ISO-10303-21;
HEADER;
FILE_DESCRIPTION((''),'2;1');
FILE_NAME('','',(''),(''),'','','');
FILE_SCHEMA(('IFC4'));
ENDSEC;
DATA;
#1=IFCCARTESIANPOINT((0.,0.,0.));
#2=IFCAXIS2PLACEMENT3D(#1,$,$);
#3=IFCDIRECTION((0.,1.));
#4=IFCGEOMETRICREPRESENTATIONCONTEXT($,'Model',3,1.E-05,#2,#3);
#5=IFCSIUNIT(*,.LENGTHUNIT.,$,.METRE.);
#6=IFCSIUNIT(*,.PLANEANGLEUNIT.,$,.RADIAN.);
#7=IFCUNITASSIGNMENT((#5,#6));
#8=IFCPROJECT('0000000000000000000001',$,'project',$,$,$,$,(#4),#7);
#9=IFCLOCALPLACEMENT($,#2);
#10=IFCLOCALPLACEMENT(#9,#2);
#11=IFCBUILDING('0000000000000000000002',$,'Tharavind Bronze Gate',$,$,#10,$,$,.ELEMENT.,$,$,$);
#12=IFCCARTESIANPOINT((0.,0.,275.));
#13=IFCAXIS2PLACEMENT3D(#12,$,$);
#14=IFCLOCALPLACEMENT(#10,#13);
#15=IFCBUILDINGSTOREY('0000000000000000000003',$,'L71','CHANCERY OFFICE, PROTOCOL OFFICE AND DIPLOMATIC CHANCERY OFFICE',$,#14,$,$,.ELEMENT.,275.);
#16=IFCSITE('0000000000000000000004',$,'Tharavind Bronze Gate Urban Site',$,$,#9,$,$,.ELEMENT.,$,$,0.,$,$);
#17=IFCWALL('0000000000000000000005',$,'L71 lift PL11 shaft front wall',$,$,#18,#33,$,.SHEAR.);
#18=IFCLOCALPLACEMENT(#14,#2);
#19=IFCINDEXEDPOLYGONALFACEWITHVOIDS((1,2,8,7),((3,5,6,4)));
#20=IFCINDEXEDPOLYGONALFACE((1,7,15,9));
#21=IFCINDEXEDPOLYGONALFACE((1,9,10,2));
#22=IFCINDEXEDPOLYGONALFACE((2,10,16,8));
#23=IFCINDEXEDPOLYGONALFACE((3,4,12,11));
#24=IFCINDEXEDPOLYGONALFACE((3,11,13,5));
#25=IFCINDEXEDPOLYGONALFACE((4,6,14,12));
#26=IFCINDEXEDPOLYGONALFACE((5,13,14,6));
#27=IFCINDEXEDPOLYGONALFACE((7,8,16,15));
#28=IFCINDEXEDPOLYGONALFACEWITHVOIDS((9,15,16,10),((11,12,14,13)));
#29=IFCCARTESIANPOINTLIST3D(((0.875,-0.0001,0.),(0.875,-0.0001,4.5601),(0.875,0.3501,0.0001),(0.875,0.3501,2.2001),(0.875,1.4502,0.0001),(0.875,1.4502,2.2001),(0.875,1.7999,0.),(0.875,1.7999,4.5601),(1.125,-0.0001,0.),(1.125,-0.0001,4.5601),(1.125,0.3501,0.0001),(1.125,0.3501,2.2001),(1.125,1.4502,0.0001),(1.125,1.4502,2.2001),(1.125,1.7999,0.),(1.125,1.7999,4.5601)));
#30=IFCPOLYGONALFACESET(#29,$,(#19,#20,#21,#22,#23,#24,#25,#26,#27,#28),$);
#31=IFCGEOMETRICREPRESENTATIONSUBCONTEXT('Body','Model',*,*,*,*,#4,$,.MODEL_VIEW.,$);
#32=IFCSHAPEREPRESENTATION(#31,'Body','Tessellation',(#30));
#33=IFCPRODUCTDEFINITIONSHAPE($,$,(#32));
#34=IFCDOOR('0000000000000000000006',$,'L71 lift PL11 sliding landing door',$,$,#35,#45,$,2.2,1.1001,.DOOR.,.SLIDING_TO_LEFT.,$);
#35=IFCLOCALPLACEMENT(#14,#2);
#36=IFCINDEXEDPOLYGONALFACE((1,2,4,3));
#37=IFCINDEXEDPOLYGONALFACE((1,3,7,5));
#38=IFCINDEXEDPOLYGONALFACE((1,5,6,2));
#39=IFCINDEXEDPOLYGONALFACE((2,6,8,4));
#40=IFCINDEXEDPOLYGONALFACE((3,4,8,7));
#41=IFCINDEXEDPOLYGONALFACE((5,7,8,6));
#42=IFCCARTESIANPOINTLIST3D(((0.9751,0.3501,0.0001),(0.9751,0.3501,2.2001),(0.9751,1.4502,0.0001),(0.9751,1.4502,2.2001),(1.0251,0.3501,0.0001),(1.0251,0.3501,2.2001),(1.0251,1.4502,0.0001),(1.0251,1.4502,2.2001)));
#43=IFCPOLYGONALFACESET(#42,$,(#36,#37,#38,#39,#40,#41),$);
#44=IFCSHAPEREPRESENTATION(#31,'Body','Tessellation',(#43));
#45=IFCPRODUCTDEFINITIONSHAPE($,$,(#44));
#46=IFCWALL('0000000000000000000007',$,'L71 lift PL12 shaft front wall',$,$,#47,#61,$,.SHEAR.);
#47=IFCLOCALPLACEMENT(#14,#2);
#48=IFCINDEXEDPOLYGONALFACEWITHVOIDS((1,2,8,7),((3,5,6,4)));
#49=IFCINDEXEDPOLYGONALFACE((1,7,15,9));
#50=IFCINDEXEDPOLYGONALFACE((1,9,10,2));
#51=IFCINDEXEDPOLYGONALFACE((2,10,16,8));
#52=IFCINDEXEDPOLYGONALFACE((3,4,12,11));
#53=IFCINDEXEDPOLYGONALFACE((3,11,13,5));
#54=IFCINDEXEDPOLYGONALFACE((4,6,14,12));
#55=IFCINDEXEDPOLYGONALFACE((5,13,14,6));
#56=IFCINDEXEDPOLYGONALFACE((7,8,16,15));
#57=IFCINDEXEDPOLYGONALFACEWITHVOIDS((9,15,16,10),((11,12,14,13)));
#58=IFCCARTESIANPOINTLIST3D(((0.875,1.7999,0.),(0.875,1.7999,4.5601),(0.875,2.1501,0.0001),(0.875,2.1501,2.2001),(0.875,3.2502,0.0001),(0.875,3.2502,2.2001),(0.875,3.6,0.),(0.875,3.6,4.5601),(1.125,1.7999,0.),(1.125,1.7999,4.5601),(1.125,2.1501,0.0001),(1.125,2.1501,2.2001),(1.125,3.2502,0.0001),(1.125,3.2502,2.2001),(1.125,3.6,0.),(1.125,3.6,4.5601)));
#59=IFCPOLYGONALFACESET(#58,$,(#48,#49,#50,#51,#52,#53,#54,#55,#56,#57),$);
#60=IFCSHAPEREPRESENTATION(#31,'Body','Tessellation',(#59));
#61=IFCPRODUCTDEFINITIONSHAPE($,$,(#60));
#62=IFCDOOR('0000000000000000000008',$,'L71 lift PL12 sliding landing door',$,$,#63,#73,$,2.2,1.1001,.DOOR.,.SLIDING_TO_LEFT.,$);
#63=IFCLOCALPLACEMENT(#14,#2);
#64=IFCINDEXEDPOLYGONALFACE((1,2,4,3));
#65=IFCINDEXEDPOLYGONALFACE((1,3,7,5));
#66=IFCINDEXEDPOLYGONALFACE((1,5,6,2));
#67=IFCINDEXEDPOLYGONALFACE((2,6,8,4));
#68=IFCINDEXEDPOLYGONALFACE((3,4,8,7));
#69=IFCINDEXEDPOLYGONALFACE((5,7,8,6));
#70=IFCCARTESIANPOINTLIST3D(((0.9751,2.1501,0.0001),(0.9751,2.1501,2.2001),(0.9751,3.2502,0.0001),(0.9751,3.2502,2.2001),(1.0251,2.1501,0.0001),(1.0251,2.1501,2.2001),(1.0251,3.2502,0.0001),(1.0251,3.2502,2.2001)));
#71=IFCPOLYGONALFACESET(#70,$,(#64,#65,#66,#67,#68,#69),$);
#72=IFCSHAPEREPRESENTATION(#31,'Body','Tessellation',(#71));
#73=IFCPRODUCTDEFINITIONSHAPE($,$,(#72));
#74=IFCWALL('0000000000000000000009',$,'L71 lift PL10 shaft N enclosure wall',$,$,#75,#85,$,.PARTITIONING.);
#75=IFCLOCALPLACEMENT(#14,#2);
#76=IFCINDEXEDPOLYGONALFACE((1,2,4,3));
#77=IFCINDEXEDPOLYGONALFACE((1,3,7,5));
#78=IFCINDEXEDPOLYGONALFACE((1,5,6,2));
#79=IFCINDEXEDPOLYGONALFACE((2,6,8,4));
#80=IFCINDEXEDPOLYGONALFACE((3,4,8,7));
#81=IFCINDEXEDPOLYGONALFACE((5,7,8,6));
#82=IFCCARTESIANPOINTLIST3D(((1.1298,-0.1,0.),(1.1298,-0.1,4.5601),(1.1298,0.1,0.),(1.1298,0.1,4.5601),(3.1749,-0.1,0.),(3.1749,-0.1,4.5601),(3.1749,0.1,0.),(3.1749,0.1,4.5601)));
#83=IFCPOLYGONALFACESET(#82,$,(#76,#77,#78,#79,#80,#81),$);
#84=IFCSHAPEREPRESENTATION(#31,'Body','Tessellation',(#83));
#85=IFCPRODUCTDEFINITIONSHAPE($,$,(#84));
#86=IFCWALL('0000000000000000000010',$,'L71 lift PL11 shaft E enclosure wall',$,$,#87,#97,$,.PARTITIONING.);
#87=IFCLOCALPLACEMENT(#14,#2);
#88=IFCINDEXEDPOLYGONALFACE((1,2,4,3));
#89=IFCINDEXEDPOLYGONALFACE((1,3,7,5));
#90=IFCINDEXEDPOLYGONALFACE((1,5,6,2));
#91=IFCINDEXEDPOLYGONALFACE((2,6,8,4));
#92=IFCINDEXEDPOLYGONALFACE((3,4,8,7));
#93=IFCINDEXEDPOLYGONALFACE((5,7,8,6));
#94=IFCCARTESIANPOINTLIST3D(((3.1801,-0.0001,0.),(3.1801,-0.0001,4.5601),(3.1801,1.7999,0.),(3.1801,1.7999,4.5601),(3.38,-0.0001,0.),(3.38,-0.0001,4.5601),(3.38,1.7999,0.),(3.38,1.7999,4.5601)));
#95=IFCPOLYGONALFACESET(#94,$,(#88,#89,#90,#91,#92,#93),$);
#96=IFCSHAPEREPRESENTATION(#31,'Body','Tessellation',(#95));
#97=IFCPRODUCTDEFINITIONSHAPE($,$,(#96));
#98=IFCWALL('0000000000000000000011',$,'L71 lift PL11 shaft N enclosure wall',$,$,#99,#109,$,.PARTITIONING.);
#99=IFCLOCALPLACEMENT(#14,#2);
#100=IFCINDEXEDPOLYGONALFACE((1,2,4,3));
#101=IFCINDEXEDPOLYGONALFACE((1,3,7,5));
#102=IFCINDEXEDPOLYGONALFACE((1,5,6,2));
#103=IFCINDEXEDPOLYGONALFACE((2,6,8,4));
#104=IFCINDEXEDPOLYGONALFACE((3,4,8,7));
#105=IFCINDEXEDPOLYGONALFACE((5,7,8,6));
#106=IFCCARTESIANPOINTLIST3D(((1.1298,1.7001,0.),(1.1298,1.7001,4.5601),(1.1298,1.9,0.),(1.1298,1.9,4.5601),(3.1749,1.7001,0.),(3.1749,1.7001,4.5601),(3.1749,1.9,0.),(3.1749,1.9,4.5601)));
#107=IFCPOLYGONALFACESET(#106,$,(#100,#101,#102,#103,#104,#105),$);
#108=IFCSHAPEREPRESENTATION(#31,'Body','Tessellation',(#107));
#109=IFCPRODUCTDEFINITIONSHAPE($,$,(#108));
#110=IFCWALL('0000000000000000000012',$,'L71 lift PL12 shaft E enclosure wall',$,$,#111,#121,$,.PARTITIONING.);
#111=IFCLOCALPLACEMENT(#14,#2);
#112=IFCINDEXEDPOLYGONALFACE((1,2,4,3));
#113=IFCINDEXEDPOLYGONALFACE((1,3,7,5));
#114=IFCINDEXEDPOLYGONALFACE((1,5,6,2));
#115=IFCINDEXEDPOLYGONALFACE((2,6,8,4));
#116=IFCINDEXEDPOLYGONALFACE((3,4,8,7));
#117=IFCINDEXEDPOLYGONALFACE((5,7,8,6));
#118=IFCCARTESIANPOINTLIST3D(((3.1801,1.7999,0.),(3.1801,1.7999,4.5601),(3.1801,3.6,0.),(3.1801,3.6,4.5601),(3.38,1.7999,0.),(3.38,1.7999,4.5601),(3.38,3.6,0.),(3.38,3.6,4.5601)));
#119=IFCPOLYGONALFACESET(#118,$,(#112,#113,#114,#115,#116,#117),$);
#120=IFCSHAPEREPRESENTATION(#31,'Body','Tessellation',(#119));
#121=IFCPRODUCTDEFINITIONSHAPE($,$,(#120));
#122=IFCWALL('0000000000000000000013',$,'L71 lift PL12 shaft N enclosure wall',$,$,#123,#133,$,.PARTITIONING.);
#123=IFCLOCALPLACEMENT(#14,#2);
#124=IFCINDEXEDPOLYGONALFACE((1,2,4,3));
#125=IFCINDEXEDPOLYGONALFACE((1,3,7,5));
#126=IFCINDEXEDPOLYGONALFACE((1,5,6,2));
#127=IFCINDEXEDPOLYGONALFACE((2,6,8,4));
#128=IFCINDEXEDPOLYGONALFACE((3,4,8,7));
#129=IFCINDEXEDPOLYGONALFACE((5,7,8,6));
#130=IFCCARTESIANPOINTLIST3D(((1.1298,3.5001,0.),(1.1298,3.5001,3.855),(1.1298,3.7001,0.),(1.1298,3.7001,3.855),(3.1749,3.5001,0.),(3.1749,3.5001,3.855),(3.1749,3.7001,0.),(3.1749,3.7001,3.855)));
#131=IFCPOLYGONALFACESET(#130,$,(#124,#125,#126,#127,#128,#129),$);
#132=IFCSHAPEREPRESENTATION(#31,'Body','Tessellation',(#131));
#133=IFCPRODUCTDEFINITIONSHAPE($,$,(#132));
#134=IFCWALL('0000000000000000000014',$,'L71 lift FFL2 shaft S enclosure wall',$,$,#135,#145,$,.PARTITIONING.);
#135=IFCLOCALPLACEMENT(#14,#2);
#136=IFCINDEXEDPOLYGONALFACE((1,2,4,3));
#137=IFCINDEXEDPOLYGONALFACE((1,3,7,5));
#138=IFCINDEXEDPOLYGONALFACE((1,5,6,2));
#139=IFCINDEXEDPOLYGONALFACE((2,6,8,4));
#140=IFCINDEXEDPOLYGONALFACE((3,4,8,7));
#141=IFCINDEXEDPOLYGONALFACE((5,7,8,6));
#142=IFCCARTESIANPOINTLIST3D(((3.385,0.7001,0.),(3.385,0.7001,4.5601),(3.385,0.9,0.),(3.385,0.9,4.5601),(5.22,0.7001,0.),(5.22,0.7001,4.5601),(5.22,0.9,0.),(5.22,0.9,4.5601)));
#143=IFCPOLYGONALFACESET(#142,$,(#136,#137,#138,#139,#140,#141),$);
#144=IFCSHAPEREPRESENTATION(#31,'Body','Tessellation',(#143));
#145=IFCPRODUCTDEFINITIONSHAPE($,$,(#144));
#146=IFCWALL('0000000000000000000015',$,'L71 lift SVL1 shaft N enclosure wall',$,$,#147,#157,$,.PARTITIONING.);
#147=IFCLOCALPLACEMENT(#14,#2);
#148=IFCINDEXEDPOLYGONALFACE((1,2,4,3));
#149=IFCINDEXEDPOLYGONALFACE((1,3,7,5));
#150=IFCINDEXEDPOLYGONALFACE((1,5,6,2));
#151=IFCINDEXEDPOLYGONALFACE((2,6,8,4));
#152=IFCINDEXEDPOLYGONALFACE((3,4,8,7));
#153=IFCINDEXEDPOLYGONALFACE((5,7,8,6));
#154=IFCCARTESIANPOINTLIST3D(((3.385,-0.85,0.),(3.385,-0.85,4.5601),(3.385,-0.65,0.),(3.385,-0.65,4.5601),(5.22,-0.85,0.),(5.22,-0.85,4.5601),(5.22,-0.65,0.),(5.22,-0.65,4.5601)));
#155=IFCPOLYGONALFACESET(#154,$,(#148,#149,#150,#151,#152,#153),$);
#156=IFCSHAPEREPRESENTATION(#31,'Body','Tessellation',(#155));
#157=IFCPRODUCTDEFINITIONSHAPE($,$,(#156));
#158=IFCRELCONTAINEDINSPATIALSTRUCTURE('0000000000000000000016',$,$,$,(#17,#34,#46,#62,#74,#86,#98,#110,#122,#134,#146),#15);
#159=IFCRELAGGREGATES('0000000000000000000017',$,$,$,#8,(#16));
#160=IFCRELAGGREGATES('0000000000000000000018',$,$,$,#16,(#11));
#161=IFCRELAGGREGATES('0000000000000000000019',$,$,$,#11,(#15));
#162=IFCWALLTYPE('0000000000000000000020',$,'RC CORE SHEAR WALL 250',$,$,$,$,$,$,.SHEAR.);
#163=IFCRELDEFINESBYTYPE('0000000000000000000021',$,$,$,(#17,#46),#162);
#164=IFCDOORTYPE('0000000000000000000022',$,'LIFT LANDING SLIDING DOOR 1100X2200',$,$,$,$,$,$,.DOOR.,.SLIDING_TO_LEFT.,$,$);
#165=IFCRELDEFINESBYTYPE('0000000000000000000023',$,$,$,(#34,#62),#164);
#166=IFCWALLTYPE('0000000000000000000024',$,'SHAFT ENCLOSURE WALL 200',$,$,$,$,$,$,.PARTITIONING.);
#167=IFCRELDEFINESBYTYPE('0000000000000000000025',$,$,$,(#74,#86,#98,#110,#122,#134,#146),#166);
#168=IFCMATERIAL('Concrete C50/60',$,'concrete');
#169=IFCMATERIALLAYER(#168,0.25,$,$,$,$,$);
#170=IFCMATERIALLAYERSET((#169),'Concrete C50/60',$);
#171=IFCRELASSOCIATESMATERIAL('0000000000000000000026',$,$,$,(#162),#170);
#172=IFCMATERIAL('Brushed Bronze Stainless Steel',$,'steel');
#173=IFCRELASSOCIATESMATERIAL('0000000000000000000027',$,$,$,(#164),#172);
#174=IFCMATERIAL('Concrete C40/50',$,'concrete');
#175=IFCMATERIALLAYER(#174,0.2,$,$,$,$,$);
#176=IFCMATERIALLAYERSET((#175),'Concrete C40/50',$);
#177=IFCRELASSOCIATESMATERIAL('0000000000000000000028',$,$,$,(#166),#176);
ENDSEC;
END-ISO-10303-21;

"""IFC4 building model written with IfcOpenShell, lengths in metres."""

from ifc_helpers import new_model, si_unit, direction, frame, frame_2d, origin, place, context, subcontext, project, spatial, rectangle, extrude, material, layer, layer_set, type_object, element, fill, save


model = new_model("IFC4")

# Units and contexts
model_context = context("Model", 3, precision=1e-05, world=origin(), true_north=direction((0.0, 1.0)))
body_context = subcontext(model_context, "Body", "Model", "MODEL_VIEW")
ifc_project = project(units=[si_unit("LENGTHUNIT", "METRE"), si_unit("PLANEANGLEUNIT", "RADIAN")], contexts=[model_context])

# Site, building, storey
site_placement = place(None, origin())
site = spatial("IfcSite", under=ifc_project, at=site_placement, Name="Tharavind Bronze Gate Urban Site", CompositionType="ELEMENT", RefElevation=0.0)
building_placement = place(site_placement, origin())
building = spatial("IfcBuilding", under=site, at=building_placement, Name="Tharavind Bronze Gate", CompositionType="ELEMENT")
storey_placement = place(building_placement, frame((0.0, 0.0, 275.0)))
storey = spatial("IfcBuildingStorey", under=building, at=storey_placement, Name="L71", Description="CHANCERY OFFICE, PROTOCOL OFFICE AND DIPLOMATIC CHANCERY OFFICE", CompositionType="ELEMENT", Elevation=275.0)

# Walls, openings, doors
ifc_material_1 = material(Name="Concrete C50/60", Category="concrete")
ifc_layer_1 = layer(ifc_material_1, 0.25)
ifc_layer_set_1 = layer_set([ifc_layer_1], Name="Concrete C50/60")
wall_type_1 = type_object("IfcWallType", Name="RC CORE SHEAR WALL 250", PredefinedType="SHEAR", material=ifc_layer_set_1)
wall_1_placement = place(storey_placement, frame((1.0, 0.0, 0.0), z_axis=(0.0, 0.0, 1.0), x_axis=(0.0, 1.0, 0.0)))
wall_1 = element("IfcWall", 1, at=wall_1_placement, inside=storey, type_object=wall_type_1, Name="L71 lift PL11 shaft front wall", PredefinedType="SHEAR", context=body_context, shape_type="SweptSolid", body=[
    extrude(rectangle(XDim=1.8, YDim=0.25, at=frame_2d((0.8999, 0.0))), origin(), (0.0, 0.0, 1.0), 4.5601),
])
opening_1_placement = place(wall_1_placement, frame((0.3501, 0.0, 0.0)))
opening_1 = element("IfcOpeningElement", 2, at=opening_1_placement, cuts=wall_1, PredefinedType="OPENING", context=body_context, shape_type="SweptSolid", body=[
    extrude(rectangle(XDim=1.1001, YDim=2.2, at=frame_2d((0.55, 1.1001))), frame((0.0, 0.135, 0.0), z_axis=(0.0, -1.0, 0.0), x_axis=(1.0, 0.0, 0.0)), (0.0, 0.0, 1.0), 0.27),
])
ifc_material_2 = material(Name="Brushed Bronze Stainless Steel", Category="steel")
door_type = type_object("IfcDoorType", Name="LIFT LANDING SLIDING DOOR 1100X2200", OperationType="SLIDING_TO_LEFT", PredefinedType="DOOR", material=ifc_material_2)
door_1_placement = place(opening_1_placement, origin())
door_1 = element("IfcDoor", 3, at=door_1_placement, inside=storey, type_object=door_type, Name="L71 lift PL11 sliding landing door", OperationType="SLIDING_TO_LEFT", OverallHeight=2.2, OverallWidth=1.1001, PredefinedType="DOOR", context=body_context, shape_type="SweptSolid", body=[
    extrude(rectangle(XDim=1.1001, YDim=2.2, at=frame_2d((0.55, 1.1001))), frame((0.0, 0.0249, 0.0), z_axis=(0.0, -1.0, 0.0), x_axis=(1.0, 0.0, 0.0)), (0.0, 0.0, 1.0), 0.05),
])
fill(opening_1, door_1)
wall_2_placement = place(storey_placement, frame((1.0, 1.8, 0.0), z_axis=(0.0, 0.0, 1.0), x_axis=(0.0, 1.0, 0.0)))
wall_2 = element("IfcWall", 4, at=wall_2_placement, inside=storey, type_object=wall_type_1, Name="L71 lift PL12 shaft front wall", PredefinedType="SHEAR", context=body_context, shape_type="SweptSolid", body=[
    extrude(rectangle(XDim=1.8, YDim=0.25, at=frame_2d((0.8999, 0.0))), origin(), (0.0, 0.0, 1.0), 4.5601),
])
opening_2_placement = place(wall_2_placement, frame((0.3501, 0.0, 0.0)))
opening_2 = element("IfcOpeningElement", 5, at=opening_2_placement, cuts=wall_2, PredefinedType="OPENING", context=body_context, shape_type="SweptSolid", body=[
    extrude(rectangle(XDim=1.1001, YDim=2.2, at=frame_2d((0.55, 1.1001))), frame((0.0, 0.135, 0.0), z_axis=(0.0, -1.0, 0.0), x_axis=(1.0, 0.0, 0.0)), (0.0, 0.0, 1.0), 0.27),
])
door_2_placement = place(opening_2_placement, origin())
door_2 = element("IfcDoor", 6, at=door_2_placement, inside=storey, type_object=door_type, Name="L71 lift PL12 sliding landing door", OperationType="SLIDING_TO_LEFT", OverallHeight=2.2, OverallWidth=1.1001, PredefinedType="DOOR", context=body_context, shape_type="SweptSolid", body=[
    extrude(rectangle(XDim=1.1001, YDim=2.2, at=frame_2d((0.55, 1.1001))), frame((0.0, 0.0249, 0.0), z_axis=(0.0, -1.0, 0.0), x_axis=(1.0, 0.0, 0.0)), (0.0, 0.0, 1.0), 0.05),
])
fill(opening_2, door_2)

# Walls
ifc_material_3 = material(Name="Concrete C40/50", Category="concrete")
ifc_layer_2 = layer(ifc_material_3, 0.2)
ifc_layer_set_2 = layer_set([ifc_layer_2], Name="Concrete C40/50")
wall_type_2 = type_object("IfcWallType", Name="SHAFT ENCLOSURE WALL 200", PredefinedType="PARTITIONING", material=ifc_layer_set_2)
wall_3_placement = place(storey_placement, frame((1.1299, 0.0, 0.0), z_axis=(0.0, 0.0, 1.0), x_axis=(1.0, 0.0, 0.0)))
element("IfcWall", 7, at=wall_3_placement, inside=storey, type_object=wall_type_2, Name="L71 lift PL10 shaft N enclosure wall", PredefinedType="PARTITIONING", context=body_context, shape_type="SweptSolid", body=[
    extrude(rectangle(XDim=2.0452, YDim=0.2, at=frame_2d((1.0225, 0.0))), origin(), (0.0, 0.0, 1.0), 4.5601),
])
wall_4_placement = place(storey_placement, frame((3.28, 0.0, 0.0), z_axis=(0.0, 0.0, 1.0), x_axis=(0.0, 1.0, 0.0)))
element("IfcWall", 8, at=wall_4_placement, inside=storey, type_object=wall_type_2, Name="L71 lift PL11 shaft E enclosure wall", PredefinedType="PARTITIONING", context=body_context, shape_type="SweptSolid", body=[
    extrude(rectangle(XDim=1.8, YDim=0.2, at=frame_2d((0.8999, 0.0))), origin(), (0.0, 0.0, 1.0), 4.5601),
])
wall_5_placement = place(storey_placement, frame((1.1299, 1.8, 0.0), z_axis=(0.0, 0.0, 1.0), x_axis=(1.0, 0.0, 0.0)))
element("IfcWall", 9, at=wall_5_placement, inside=storey, type_object=wall_type_2, Name="L71 lift PL11 shaft N enclosure wall", PredefinedType="PARTITIONING", context=body_context, shape_type="SweptSolid", body=[
    extrude(rectangle(XDim=2.0452, YDim=0.2, at=frame_2d((1.0225, 0.0))), origin(), (0.0, 0.0, 1.0), 4.5601),
])
wall_6_placement = place(storey_placement, frame((3.28, 1.8, 0.0), z_axis=(0.0, 0.0, 1.0), x_axis=(0.0, 1.0, 0.0)))
element("IfcWall", 10, at=wall_6_placement, inside=storey, type_object=wall_type_2, Name="L71 lift PL12 shaft E enclosure wall", PredefinedType="PARTITIONING", context=body_context, shape_type="SweptSolid", body=[
    extrude(rectangle(XDim=1.8, YDim=0.2, at=frame_2d((0.8999, 0.0))), origin(), (0.0, 0.0, 1.0), 4.5601),
])
wall_7_placement = place(storey_placement, frame((1.1299, 3.6001, 0.0), z_axis=(0.0, 0.0, 1.0), x_axis=(1.0, 0.0, 0.0)))
element("IfcWall", 11, at=wall_7_placement, inside=storey, type_object=wall_type_2, Name="L71 lift PL12 shaft N enclosure wall", PredefinedType="PARTITIONING", context=body_context, shape_type="SweptSolid", body=[
    extrude(rectangle(XDim=2.0452, YDim=0.2, at=frame_2d((1.0225, 0.0))), origin(), (0.0, 0.0, 1.0), 3.855),
])
for number, where, z_axis, x_axis, name in (
    (12, (3.385, 0.8, 0.0), (0.0, 0.0, 1.0), (1.0, 0.0, 0.0), "L71 lift FFL2 shaft S enclosure wall"),
    (13, (3.385, -0.75, 0.0), (0.0, 0.0, 1.0), (1.0, 0.0, 0.0), "L71 lift SVL1 shaft N enclosure wall"),
):
    element("IfcWall", number, at=place(storey_placement, frame(where, z_axis=z_axis, x_axis=x_axis)), inside=storey, type_object=wall_type_2, Name=name, PredefinedType="PARTITIONING", context=body_context, shape_type="SweptSolid", body=[
        extrude(rectangle(XDim=1.835, YDim=0.2, at=frame_2d((0.9175, 0.0))), origin(), (0.0, 0.0, 1.0), 4.5601),
    ])

save(model, "model.ifc")
